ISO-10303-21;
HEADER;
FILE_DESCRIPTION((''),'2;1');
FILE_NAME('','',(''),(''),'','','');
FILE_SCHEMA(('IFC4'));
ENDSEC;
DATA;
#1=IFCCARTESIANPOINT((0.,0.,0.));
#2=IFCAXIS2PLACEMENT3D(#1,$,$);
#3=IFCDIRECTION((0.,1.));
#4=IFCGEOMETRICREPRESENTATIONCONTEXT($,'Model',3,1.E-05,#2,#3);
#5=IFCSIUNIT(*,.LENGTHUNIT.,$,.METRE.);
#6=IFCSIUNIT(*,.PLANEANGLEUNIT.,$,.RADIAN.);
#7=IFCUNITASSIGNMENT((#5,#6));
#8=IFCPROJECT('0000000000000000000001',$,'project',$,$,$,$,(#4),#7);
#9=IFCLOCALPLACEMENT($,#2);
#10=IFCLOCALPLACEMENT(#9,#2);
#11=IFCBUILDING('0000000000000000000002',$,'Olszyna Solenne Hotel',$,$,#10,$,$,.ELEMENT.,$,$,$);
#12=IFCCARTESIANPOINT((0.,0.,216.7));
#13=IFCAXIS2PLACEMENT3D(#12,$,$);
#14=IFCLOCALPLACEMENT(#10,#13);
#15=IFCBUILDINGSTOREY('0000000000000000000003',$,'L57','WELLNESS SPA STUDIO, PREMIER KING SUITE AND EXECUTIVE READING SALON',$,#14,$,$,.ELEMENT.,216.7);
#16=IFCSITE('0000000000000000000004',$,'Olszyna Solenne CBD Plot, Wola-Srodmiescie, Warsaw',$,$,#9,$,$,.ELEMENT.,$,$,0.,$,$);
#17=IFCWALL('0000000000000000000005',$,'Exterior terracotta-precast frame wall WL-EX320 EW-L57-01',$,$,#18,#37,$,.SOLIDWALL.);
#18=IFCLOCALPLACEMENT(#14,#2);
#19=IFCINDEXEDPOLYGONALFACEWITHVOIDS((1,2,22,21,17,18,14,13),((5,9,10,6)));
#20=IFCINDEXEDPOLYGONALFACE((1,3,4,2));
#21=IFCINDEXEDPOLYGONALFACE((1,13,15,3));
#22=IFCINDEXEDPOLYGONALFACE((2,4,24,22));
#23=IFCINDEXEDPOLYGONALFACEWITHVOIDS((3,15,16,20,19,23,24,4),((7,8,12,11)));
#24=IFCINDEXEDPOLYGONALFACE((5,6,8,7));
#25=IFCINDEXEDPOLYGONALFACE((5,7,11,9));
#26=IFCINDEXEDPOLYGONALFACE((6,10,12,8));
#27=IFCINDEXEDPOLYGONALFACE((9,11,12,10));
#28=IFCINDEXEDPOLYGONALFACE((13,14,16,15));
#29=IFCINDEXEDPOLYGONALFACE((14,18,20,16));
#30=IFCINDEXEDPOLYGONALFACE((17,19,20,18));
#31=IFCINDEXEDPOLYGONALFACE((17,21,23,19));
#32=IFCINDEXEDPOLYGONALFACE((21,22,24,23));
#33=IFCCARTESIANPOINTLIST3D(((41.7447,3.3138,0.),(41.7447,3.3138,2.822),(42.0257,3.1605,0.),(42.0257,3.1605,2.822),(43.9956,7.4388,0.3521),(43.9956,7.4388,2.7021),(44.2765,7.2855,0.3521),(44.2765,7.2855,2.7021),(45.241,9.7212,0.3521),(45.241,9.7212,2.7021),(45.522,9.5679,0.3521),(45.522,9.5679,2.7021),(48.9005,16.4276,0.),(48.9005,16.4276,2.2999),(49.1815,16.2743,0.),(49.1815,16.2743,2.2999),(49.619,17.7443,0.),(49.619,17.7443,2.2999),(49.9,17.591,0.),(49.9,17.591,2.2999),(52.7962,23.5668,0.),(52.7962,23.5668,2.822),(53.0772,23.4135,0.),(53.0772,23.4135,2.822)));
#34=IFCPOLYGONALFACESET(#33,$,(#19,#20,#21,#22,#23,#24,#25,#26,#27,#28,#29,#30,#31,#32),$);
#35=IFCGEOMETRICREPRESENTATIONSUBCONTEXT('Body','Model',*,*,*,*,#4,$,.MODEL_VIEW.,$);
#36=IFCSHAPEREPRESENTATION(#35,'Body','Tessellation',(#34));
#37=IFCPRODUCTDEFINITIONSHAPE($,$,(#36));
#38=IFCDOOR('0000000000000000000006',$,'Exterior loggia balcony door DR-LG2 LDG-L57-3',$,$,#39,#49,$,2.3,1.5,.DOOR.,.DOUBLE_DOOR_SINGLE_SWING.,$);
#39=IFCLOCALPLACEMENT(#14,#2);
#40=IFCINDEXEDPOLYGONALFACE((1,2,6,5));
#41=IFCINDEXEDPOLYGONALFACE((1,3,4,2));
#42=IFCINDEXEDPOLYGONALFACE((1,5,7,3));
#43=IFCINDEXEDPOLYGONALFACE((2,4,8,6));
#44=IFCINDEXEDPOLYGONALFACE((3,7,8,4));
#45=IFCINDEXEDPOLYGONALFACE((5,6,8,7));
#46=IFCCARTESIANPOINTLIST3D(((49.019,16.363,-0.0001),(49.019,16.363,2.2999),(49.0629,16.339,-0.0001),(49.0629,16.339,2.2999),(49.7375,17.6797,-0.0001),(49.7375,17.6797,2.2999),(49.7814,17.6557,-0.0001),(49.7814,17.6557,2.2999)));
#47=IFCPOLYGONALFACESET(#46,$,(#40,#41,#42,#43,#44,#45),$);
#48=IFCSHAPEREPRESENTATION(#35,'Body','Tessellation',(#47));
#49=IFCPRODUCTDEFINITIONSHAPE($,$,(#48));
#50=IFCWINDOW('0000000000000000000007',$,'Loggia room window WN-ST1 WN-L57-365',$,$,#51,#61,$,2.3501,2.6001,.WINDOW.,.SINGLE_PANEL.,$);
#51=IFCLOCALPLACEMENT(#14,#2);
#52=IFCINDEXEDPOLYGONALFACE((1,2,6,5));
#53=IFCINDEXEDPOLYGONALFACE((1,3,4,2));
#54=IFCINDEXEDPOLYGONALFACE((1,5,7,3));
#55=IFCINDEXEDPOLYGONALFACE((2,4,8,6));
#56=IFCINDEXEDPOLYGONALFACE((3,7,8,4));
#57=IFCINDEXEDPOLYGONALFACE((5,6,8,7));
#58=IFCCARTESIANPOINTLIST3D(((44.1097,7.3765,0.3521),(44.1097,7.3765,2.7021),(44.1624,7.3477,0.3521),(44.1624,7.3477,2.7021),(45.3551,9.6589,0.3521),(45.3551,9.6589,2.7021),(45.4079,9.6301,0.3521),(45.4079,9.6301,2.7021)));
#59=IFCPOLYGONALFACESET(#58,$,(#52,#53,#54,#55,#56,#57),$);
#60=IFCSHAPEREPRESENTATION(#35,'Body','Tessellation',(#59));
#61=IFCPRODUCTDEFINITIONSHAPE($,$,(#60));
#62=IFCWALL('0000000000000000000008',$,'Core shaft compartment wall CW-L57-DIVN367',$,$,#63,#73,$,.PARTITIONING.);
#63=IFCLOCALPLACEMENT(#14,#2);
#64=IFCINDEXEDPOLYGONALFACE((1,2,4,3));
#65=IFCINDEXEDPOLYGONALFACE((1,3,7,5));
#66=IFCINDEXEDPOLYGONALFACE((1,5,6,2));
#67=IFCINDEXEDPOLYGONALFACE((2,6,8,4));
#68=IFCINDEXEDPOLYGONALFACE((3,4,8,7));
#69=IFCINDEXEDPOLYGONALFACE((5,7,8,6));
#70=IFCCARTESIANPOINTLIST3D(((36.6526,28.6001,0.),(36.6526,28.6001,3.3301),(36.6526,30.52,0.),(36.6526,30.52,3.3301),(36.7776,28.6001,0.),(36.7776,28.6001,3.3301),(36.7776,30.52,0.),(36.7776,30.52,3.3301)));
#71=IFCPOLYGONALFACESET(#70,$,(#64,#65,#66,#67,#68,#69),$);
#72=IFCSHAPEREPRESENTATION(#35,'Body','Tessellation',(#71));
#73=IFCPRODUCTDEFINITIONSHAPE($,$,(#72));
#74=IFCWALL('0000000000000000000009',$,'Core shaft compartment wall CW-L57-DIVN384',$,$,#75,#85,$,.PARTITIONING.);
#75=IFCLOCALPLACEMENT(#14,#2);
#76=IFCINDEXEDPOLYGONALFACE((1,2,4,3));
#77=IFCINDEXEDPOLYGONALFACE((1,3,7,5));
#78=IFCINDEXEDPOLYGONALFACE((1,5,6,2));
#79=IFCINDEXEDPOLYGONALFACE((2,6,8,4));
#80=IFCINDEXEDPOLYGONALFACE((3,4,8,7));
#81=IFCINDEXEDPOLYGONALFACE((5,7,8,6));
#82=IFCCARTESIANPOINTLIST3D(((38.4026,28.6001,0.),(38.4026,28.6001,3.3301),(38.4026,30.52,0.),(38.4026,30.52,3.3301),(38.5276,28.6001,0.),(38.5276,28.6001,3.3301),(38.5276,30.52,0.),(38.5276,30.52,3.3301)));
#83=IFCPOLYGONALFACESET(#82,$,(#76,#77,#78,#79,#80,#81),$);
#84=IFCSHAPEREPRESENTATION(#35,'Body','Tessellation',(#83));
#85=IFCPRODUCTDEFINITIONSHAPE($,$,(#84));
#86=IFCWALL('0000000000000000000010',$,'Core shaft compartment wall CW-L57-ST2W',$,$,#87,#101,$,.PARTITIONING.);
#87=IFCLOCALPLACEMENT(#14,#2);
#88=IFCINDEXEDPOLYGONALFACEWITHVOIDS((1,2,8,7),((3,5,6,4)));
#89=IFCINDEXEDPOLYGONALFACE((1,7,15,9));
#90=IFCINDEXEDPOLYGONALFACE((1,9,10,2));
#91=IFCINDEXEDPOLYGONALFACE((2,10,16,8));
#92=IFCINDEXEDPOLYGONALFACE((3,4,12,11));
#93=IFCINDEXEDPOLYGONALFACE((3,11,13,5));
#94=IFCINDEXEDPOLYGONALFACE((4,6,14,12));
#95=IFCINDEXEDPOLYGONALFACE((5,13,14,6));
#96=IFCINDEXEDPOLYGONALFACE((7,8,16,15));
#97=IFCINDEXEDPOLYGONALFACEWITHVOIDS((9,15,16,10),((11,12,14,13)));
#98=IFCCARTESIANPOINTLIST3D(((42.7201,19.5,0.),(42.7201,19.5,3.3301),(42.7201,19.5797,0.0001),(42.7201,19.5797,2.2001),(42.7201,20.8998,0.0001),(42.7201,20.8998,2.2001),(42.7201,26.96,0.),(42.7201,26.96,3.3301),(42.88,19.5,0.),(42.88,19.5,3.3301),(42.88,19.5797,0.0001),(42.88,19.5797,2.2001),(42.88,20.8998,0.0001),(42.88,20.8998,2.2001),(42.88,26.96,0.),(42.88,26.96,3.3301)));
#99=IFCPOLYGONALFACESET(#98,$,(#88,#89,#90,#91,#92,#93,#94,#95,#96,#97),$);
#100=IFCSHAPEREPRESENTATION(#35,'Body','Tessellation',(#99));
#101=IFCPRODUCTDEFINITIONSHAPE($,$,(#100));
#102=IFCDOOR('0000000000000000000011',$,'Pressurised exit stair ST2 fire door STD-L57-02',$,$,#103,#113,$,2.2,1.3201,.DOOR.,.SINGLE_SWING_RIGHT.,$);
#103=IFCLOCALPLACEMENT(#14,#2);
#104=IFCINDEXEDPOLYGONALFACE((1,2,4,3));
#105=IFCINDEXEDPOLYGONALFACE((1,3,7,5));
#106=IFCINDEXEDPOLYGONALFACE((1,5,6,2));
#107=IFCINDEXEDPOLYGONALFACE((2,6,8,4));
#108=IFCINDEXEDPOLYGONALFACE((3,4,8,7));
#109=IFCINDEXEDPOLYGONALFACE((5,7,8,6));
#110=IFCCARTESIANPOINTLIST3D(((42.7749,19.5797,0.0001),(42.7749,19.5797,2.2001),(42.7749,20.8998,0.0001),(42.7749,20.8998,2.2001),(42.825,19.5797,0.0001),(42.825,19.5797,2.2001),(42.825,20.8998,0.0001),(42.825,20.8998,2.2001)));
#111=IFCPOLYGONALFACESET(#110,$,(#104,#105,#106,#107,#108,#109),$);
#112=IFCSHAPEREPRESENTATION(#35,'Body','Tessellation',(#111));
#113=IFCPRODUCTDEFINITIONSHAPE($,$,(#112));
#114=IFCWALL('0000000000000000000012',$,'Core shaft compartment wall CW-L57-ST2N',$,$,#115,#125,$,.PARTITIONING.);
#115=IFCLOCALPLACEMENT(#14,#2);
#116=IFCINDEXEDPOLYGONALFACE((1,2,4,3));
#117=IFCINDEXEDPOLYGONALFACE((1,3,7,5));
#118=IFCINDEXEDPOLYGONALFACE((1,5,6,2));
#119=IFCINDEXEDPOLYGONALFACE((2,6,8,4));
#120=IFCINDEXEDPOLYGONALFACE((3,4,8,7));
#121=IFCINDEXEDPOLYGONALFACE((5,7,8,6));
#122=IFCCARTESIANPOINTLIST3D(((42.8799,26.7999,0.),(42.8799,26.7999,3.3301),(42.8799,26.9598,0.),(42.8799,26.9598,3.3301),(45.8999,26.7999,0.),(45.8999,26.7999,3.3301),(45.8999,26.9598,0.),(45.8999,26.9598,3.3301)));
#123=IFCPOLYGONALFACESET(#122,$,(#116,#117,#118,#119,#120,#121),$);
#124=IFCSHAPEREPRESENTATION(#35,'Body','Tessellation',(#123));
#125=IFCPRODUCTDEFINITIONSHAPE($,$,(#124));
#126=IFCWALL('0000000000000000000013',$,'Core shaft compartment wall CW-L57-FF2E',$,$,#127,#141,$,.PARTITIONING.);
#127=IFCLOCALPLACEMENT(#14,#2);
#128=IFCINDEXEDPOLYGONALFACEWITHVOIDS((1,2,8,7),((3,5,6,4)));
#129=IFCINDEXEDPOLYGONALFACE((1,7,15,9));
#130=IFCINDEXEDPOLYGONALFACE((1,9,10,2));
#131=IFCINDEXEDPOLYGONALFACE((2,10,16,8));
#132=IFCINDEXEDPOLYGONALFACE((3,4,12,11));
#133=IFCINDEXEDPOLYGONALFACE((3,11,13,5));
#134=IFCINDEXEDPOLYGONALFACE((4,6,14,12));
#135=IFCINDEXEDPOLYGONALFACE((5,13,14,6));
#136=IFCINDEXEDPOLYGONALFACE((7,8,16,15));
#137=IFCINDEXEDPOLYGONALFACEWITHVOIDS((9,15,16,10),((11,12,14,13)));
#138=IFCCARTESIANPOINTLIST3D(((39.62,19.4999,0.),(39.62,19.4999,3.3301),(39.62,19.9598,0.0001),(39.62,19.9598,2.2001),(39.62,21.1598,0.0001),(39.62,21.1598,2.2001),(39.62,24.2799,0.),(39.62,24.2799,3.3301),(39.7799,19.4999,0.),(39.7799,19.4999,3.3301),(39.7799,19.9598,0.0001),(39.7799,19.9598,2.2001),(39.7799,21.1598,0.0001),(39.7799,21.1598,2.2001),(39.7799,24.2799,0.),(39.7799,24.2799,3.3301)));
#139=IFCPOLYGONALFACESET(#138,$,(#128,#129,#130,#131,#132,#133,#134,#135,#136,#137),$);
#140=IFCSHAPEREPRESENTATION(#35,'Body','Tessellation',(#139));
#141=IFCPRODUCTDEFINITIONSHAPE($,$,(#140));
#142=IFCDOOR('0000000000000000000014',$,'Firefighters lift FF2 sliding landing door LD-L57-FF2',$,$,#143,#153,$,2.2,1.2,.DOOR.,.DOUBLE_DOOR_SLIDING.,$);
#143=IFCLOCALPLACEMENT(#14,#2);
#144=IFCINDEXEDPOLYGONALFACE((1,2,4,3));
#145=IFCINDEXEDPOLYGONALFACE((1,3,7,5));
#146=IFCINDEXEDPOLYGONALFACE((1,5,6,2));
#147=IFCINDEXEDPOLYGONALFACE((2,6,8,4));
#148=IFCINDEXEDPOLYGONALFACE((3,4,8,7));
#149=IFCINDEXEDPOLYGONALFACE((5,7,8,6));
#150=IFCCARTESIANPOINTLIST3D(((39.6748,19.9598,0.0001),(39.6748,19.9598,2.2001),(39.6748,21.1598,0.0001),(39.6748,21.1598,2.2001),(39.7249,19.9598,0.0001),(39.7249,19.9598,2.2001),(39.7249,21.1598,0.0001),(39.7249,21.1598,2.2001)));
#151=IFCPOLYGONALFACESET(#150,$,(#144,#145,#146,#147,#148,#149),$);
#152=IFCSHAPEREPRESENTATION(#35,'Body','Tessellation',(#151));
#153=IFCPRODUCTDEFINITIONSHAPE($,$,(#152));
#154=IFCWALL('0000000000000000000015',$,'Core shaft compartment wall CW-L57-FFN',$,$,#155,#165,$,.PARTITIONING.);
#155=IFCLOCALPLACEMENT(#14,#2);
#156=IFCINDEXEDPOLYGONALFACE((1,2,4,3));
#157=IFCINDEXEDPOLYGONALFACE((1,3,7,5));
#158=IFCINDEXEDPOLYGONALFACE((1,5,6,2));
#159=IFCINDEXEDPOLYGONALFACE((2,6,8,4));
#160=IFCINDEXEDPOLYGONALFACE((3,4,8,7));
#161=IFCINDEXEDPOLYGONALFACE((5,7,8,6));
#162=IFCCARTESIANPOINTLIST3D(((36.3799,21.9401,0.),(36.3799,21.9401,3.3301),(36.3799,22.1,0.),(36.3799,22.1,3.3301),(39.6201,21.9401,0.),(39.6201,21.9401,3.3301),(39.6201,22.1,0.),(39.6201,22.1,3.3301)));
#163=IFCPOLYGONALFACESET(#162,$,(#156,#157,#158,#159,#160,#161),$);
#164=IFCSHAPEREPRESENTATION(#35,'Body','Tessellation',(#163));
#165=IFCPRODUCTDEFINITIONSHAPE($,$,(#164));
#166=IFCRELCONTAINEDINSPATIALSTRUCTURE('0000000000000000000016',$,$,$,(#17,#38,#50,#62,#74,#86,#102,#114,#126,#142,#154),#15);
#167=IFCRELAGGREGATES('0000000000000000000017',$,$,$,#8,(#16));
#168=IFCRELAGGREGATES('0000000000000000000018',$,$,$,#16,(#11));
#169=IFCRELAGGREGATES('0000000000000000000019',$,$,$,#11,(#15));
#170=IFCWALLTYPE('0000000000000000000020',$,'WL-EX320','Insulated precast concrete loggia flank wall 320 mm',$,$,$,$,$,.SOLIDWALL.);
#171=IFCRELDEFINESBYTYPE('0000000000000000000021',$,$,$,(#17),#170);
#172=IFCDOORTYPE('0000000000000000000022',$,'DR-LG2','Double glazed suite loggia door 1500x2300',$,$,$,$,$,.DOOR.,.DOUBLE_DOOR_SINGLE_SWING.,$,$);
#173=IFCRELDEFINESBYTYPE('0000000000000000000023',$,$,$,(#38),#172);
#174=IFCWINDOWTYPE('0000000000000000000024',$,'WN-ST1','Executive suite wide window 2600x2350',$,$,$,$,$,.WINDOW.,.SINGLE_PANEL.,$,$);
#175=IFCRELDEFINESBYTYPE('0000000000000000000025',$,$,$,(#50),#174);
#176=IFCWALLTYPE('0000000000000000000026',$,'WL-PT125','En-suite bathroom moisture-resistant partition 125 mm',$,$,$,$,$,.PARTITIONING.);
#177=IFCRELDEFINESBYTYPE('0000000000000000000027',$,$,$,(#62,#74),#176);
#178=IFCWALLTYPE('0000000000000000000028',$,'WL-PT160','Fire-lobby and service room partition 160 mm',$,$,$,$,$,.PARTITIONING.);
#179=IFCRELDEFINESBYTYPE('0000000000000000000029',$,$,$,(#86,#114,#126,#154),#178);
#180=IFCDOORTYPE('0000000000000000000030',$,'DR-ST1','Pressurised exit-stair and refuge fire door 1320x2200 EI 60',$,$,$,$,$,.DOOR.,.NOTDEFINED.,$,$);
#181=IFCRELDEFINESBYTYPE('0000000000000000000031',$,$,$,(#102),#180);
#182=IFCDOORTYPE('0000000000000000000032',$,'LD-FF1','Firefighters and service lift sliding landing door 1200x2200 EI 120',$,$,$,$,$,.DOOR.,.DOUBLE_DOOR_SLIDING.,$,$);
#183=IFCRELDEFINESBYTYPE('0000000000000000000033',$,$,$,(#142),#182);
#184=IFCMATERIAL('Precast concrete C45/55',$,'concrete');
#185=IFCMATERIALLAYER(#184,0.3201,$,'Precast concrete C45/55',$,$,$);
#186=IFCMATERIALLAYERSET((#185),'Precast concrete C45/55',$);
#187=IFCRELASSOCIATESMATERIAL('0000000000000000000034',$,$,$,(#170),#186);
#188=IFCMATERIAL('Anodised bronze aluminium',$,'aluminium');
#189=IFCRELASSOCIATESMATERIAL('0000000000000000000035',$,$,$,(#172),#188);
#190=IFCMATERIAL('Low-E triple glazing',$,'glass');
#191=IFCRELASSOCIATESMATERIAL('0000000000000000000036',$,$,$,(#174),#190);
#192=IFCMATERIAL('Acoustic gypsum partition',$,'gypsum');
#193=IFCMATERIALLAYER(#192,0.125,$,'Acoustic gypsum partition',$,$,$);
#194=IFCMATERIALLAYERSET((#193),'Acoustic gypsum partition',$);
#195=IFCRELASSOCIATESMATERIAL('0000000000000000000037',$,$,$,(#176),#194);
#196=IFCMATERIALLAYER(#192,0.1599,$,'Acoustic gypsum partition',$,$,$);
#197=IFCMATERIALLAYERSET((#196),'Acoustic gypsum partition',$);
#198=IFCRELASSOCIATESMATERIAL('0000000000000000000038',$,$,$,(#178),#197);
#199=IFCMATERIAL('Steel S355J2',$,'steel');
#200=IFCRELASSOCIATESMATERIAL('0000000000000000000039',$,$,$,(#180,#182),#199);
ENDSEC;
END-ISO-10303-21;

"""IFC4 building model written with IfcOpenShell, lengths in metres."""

from ifc_helpers import new_model, si_unit, direction, frame, frame_2d, origin, place, context, subcontext, project, spatial, rectangle, extrude, source, transform, mapped, material, layer, layer_set, type_object, type_shapes, element, fill, save


model = new_model("IFC4")

# Units and contexts
model_context = context("Model", 3, precision=1e-05, world=origin(), true_north=direction((0.0, 1.0)))
body_context = subcontext(model_context, "Body", "Model", "MODEL_VIEW")
ifc_project = project(units=[si_unit("LENGTHUNIT", "METRE"), si_unit("PLANEANGLEUNIT", "RADIAN")], contexts=[model_context])

# Site, building, storey
site_placement = place(None, origin())
site = spatial("IfcSite", under=ifc_project, at=site_placement, Name="Olszyna Solenne CBD Plot, Wola-Srodmiescie, Warsaw", CompositionType="ELEMENT", RefElevation=0.0)
building_placement = place(site_placement, origin())
building = spatial("IfcBuilding", under=site, at=building_placement, Name="Olszyna Solenne Hotel", CompositionType="ELEMENT")
storey_placement = place(building_placement, frame((0.0, 0.0, 216.7)))
storey = spatial("IfcBuildingStorey", under=building, at=storey_placement, Name="L57", Description="WELLNESS SPA STUDIO, PREMIER KING SUITE AND EXECUTIVE READING SALON", CompositionType="ELEMENT", Elevation=216.7)

# Shared definitions
ifc_material_1 = material(Name="Steel S355J2", Category="steel")

# Wall, openings, door, window
ifc_material_2 = material(Name="Precast concrete C45/55", Category="concrete")
ifc_layer_1 = layer(ifc_material_2, 0.3201, Name="Precast concrete C45/55")
ifc_layer_set_1 = layer_set([ifc_layer_1], Name="Precast concrete C45/55")
wall_type_1 = type_object("IfcWallType", Name="WL-EX320", Description="Insulated precast concrete loggia flank wall 320 mm", PredefinedType="SOLIDWALL", material=ifc_layer_set_1)
wall_1_placement = place(storey_placement, frame((52.9368, 23.4902, 0.0), z_axis=(0.0, 0.0, 1.0), x_axis=(-0.479001, -0.877814, 0.0)))
wall_1 = element("IfcWall", 1, at=wall_1_placement, inside=storey, type_object=wall_type_1, Name="Exterior terracotta-precast frame wall WL-EX320 EW-L57-01", PredefinedType="SOLIDWALL", context=body_context, shape_type="SweptSolid", body=[
    extrude(rectangle(XDim=23.072, YDim=0.3201, at=frame_2d((11.5361, 0.0))), origin(), (0.0, 0.0, 1.0), 2.822),
])
opening_1_placement = place(wall_1_placement, frame((6.6331, 0.0, 0.0)))
opening_1 = element("IfcOpeningElement", 2, at=opening_1_placement, cuts=wall_1, PredefinedType="OPENING", context=body_context, shape_type="SweptSolid", body=[
    extrude(rectangle(XDim=1.5, YDim=2.3, at=frame_2d((0.75, 1.1499))), frame((0.0, 0.1699, 0.0), z_axis=(0.0, -1.0, 0.0), x_axis=(1.0, 0.0, 0.0)), (0.0, 0.0, 1.0), 0.3401),
])
opening_2_placement = place(wall_1_placement, frame((15.7729, 0.0, 0.3521)))
opening_2 = element("IfcOpeningElement", 3, at=opening_2_placement, cuts=wall_1, PredefinedType="OPENING", context=body_context, shape_type="SweptSolid", body=[
    extrude(rectangle(XDim=2.6001, YDim=2.3501, at=frame_2d((1.3, 1.175))), frame((0.0, 0.1699, 0.0), z_axis=(0.0, -1.0, 0.0), x_axis=(1.0, 0.0, 0.0)), (0.0, 0.0, 1.0), 0.3401),
])
ifc_material_3 = material(Name="Anodised bronze aluminium", Category="aluminium")
door_type_1 = type_object("IfcDoorType", Name="DR-LG2", Description="Double glazed suite loggia door 1500x2300", OperationType="DOUBLE_DOOR_SINGLE_SWING", PredefinedType="DOOR", material=ifc_material_3)
shared_shape_1 = source(origin(), body_context, "Body", "SweptSolid", [
    extrude(rectangle(XDim=1.5, YDim=2.3, at=frame_2d((0.75, 1.1499))), frame((0.0, 0.0249, 0.0), z_axis=(0.0, -1.0, 0.0), x_axis=(1.0, 0.0, 0.0)), (0.0, 0.0, 1.0), 0.05),
])
type_shapes(door_type_1, [shared_shape_1])
door_1_placement = place(opening_1_placement, origin())
door_1 = element("IfcDoor", 4, at=door_1_placement, inside=storey, type_object=door_type_1, Name="Exterior loggia balcony door DR-LG2 LDG-L57-3", OperationType="DOUBLE_DOOR_SINGLE_SWING", OverallHeight=2.3, OverallWidth=1.5, PredefinedType="DOOR", context=body_context, shape_type="MappedRepresentation", body=[
    mapped(shared_shape_1, transform((0.0, 0.0, 0.0), x_axis=(1.0, 0.0, 0.0), y_axis=(0.0, 1.0, 0.0), z_axis=(0.0, 0.0, 1.0), scale=1.0)),
])
fill(opening_1, door_1)
ifc_material_4 = material(Name="Low-E triple glazing", Category="glass")
window_type = type_object("IfcWindowType", Name="WN-ST1", Description="Executive suite wide window 2600x2350", PartitioningType="SINGLE_PANEL", PredefinedType="WINDOW", material=ifc_material_4)
shared_shape_2 = source(origin(), body_context, "Body", "SweptSolid", [
    extrude(rectangle(XDim=2.6001, YDim=2.3501, at=frame_2d((1.3, 1.175))), frame((0.0, 0.03, 0.0), z_axis=(0.0, -1.0, 0.0), x_axis=(1.0, 0.0, 0.0)), (0.0, 0.0, 1.0), 0.0601),
])
type_shapes(window_type, [shared_shape_2])
window_placement = place(opening_2_placement, origin())
window = element("IfcWindow", 5, at=window_placement, inside=storey, type_object=window_type, Name="Loggia room window WN-ST1 WN-L57-365", OverallHeight=2.3501, OverallWidth=2.6001, PartitioningType="SINGLE_PANEL", PredefinedType="WINDOW", context=body_context, shape_type="MappedRepresentation", body=[
    mapped(shared_shape_2, transform((0.0, 0.0, 0.0), x_axis=(1.0, 0.0, 0.0), y_axis=(0.0, 1.0, 0.0), z_axis=(0.0, 0.0, 1.0), scale=1.0)),
])
fill(opening_2, window)

# Walls
ifc_material_5 = material(Name="Acoustic gypsum partition", Category="gypsum")
ifc_layer_2 = layer(ifc_material_5, 0.125, Name="Acoustic gypsum partition")
ifc_layer_set_2 = layer_set([ifc_layer_2], Name="Acoustic gypsum partition")
wall_type_2 = type_object("IfcWallType", Name="WL-PT125", Description="En-suite bathroom moisture-resistant partition 125 mm", PredefinedType="PARTITIONING", material=ifc_layer_set_2)
for number, where, z_axis, x_axis, name in (
    (6, (36.7151, 28.6001, 0.0), (0.0, 0.0, 1.0), (0.0, 1.0, 0.0), "Core shaft compartment wall CW-L57-DIVN367"),
    (7, (38.4651, 28.6001, 0.0), (0.0, 0.0, 1.0), (0.0, 1.0, 0.0), "Core shaft compartment wall CW-L57-DIVN384"),
):
    element("IfcWall", number, at=place(storey_placement, frame(where, z_axis=z_axis, x_axis=x_axis)), inside=storey, type_object=wall_type_2, Name=name, PredefinedType="PARTITIONING", context=body_context, shape_type="SweptSolid", body=[
        extrude(rectangle(XDim=1.9199, YDim=0.125, at=frame_2d((0.96, 0.0))), origin(), (0.0, 0.0, 1.0), 3.3301),
    ])

# Wall, opening, door
ifc_layer_3 = layer(ifc_material_5, 0.1599, Name="Acoustic gypsum partition")
ifc_layer_set_3 = layer_set([ifc_layer_3], Name="Acoustic gypsum partition")
wall_type_3 = type_object("IfcWallType", Name="WL-PT160", Description="Fire-lobby and service room partition 160 mm", PredefinedType="PARTITIONING", material=ifc_layer_set_3)
wall_2_placement = place(storey_placement, frame((42.8, 26.96, 0.0), z_axis=(0.0, 0.0, 1.0), x_axis=(0.0, -1.0, 0.0)))
wall_2 = element("IfcWall", 8, at=wall_2_placement, inside=storey, type_object=wall_type_3, Name="Core shaft compartment wall CW-L57-ST2W", PredefinedType="PARTITIONING", context=body_context, shape_type="SweptSolid", body=[
    extrude(rectangle(XDim=7.46, YDim=0.1599, at=frame_2d((3.73, 0.0))), origin(), (0.0, 0.0, 1.0), 3.3301),
])
opening_3_placement = place(wall_2_placement, frame((6.0601, 0.0, 0.0)))
opening_3 = element("IfcOpeningElement", 9, at=opening_3_placement, cuts=wall_2, PredefinedType="OPENING", context=body_context, shape_type="SweptSolid", body=[
    extrude(rectangle(XDim=1.3201, YDim=2.2, at=frame_2d((0.6602, 1.1001))), frame((0.0, 0.0898, 0.0), z_axis=(0.0, -1.0, 0.0), x_axis=(1.0, 0.0, 0.0)), (0.0, 0.0, 1.0), 0.1799),
])
door_type_2 = type_object("IfcDoorType", Name="DR-ST1", Description="Pressurised exit-stair and refuge fire door 1320x2200 EI 60", OperationType="NOTDEFINED", PredefinedType="DOOR", material=ifc_material_1)
shared_shape_3 = source(origin(), body_context, "Body", "SweptSolid", [
    extrude(rectangle(XDim=1.3201, YDim=2.2, at=frame_2d((0.6602, 1.1001))), frame((0.0, 0.0249, 0.0), z_axis=(0.0, -1.0, 0.0), x_axis=(1.0, 0.0, 0.0)), (0.0, 0.0, 1.0), 0.05),
])
type_shapes(door_type_2, [shared_shape_3])
door_2_placement = place(opening_3_placement, origin())
door_2 = element("IfcDoor", 10, at=door_2_placement, inside=storey, type_object=door_type_2, Name="Pressurised exit stair ST2 fire door STD-L57-02", OperationType="SINGLE_SWING_RIGHT", OverallHeight=2.2, OverallWidth=1.3201, PredefinedType="DOOR", context=body_context, shape_type="MappedRepresentation", body=[
    mapped(shared_shape_3, transform((0.0, 0.0, 0.0), x_axis=(1.0, 0.0, 0.0), y_axis=(0.0, 1.0, 0.0), z_axis=(0.0, 0.0, 1.0), scale=1.0)),
])
fill(opening_3, door_2)

# Wall
wall_3_placement = place(storey_placement, frame((42.8799, 26.8799, 0.0), z_axis=(0.0, 0.0, 1.0), x_axis=(1.0, 0.0, 0.0)))
element("IfcWall", 11, at=wall_3_placement, inside=storey, type_object=wall_type_3, Name="Core shaft compartment wall CW-L57-ST2N", PredefinedType="PARTITIONING", context=body_context, shape_type="SweptSolid", body=[
    extrude(rectangle(XDim=3.02, YDim=0.1599, at=frame_2d((1.51, 0.0))), origin(), (0.0, 0.0, 1.0), 3.3301),
])

# Wall, opening, door
wall_4_placement = place(storey_placement, frame((39.7, 24.28, 0.0), z_axis=(0.0, 0.0, 1.0), x_axis=(0.0, -1.0, 0.0)))
wall_4 = element("IfcWall", 12, at=wall_4_placement, inside=storey, type_object=wall_type_3, Name="Core shaft compartment wall CW-L57-FF2E", PredefinedType="PARTITIONING", context=body_context, shape_type="SweptSolid", body=[
    extrude(rectangle(XDim=4.78, YDim=0.1599, at=frame_2d((2.3901, 0.0))), origin(), (0.0, 0.0, 1.0), 3.3301),
])
opening_4_placement = place(wall_4_placement, frame((3.1201, 0.0, 0.0)))
opening_4 = element("IfcOpeningElement", 13, at=opening_4_placement, cuts=wall_4, PredefinedType="OPENING", context=body_context, shape_type="SweptSolid", body=[
    extrude(rectangle(XDim=1.2, YDim=2.2, at=frame_2d((0.6001, 1.1001))), frame((0.0, 0.0898, 0.0), z_axis=(0.0, -1.0, 0.0), x_axis=(1.0, 0.0, 0.0)), (0.0, 0.0, 1.0), 0.1799),
])
door_type_3 = type_object("IfcDoorType", Name="LD-FF1", Description="Firefighters and service lift sliding landing door 1200x2200 EI 120", OperationType="DOUBLE_DOOR_SLIDING", PredefinedType="DOOR", material=ifc_material_1)
shared_shape_4 = source(origin(), body_context, "Body", "SweptSolid", [
    extrude(rectangle(XDim=1.2, YDim=2.2, at=frame_2d((0.6001, 1.1001))), frame((0.0, 0.0249, 0.0), z_axis=(0.0, -1.0, 0.0), x_axis=(1.0, 0.0, 0.0)), (0.0, 0.0, 1.0), 0.05),
])
type_shapes(door_type_3, [shared_shape_4])
door_3_placement = place(opening_4_placement, origin())
door_3 = element("IfcDoor", 14, at=door_3_placement, inside=storey, type_object=door_type_3, Name="Firefighters lift FF2 sliding landing door LD-L57-FF2", OperationType="DOUBLE_DOOR_SLIDING", OverallHeight=2.2, OverallWidth=1.2, PredefinedType="DOOR", context=body_context, shape_type="MappedRepresentation", body=[
    mapped(shared_shape_4, transform((0.0, 0.0, 0.0), x_axis=(1.0, 0.0, 0.0), y_axis=(0.0, 1.0, 0.0), z_axis=(0.0, 0.0, 1.0), scale=1.0)),
])
fill(opening_4, door_3)

# Wall
wall_5_placement = place(storey_placement, frame((36.3799, 22.02, 0.0), z_axis=(0.0, 0.0, 1.0), x_axis=(1.0, 0.0, 0.0)))
element("IfcWall", 15, at=wall_5_placement, inside=storey, type_object=wall_type_3, Name="Core shaft compartment wall CW-L57-FFN", PredefinedType="PARTITIONING", context=body_context, shape_type="SweptSolid", body=[
    extrude(rectangle(XDim=3.2402, YDim=0.1599, at=frame_2d((1.6201, 0.0))), origin(), (0.0, 0.0, 1.0), 3.3301),
])

save(model, "model.ifc")
